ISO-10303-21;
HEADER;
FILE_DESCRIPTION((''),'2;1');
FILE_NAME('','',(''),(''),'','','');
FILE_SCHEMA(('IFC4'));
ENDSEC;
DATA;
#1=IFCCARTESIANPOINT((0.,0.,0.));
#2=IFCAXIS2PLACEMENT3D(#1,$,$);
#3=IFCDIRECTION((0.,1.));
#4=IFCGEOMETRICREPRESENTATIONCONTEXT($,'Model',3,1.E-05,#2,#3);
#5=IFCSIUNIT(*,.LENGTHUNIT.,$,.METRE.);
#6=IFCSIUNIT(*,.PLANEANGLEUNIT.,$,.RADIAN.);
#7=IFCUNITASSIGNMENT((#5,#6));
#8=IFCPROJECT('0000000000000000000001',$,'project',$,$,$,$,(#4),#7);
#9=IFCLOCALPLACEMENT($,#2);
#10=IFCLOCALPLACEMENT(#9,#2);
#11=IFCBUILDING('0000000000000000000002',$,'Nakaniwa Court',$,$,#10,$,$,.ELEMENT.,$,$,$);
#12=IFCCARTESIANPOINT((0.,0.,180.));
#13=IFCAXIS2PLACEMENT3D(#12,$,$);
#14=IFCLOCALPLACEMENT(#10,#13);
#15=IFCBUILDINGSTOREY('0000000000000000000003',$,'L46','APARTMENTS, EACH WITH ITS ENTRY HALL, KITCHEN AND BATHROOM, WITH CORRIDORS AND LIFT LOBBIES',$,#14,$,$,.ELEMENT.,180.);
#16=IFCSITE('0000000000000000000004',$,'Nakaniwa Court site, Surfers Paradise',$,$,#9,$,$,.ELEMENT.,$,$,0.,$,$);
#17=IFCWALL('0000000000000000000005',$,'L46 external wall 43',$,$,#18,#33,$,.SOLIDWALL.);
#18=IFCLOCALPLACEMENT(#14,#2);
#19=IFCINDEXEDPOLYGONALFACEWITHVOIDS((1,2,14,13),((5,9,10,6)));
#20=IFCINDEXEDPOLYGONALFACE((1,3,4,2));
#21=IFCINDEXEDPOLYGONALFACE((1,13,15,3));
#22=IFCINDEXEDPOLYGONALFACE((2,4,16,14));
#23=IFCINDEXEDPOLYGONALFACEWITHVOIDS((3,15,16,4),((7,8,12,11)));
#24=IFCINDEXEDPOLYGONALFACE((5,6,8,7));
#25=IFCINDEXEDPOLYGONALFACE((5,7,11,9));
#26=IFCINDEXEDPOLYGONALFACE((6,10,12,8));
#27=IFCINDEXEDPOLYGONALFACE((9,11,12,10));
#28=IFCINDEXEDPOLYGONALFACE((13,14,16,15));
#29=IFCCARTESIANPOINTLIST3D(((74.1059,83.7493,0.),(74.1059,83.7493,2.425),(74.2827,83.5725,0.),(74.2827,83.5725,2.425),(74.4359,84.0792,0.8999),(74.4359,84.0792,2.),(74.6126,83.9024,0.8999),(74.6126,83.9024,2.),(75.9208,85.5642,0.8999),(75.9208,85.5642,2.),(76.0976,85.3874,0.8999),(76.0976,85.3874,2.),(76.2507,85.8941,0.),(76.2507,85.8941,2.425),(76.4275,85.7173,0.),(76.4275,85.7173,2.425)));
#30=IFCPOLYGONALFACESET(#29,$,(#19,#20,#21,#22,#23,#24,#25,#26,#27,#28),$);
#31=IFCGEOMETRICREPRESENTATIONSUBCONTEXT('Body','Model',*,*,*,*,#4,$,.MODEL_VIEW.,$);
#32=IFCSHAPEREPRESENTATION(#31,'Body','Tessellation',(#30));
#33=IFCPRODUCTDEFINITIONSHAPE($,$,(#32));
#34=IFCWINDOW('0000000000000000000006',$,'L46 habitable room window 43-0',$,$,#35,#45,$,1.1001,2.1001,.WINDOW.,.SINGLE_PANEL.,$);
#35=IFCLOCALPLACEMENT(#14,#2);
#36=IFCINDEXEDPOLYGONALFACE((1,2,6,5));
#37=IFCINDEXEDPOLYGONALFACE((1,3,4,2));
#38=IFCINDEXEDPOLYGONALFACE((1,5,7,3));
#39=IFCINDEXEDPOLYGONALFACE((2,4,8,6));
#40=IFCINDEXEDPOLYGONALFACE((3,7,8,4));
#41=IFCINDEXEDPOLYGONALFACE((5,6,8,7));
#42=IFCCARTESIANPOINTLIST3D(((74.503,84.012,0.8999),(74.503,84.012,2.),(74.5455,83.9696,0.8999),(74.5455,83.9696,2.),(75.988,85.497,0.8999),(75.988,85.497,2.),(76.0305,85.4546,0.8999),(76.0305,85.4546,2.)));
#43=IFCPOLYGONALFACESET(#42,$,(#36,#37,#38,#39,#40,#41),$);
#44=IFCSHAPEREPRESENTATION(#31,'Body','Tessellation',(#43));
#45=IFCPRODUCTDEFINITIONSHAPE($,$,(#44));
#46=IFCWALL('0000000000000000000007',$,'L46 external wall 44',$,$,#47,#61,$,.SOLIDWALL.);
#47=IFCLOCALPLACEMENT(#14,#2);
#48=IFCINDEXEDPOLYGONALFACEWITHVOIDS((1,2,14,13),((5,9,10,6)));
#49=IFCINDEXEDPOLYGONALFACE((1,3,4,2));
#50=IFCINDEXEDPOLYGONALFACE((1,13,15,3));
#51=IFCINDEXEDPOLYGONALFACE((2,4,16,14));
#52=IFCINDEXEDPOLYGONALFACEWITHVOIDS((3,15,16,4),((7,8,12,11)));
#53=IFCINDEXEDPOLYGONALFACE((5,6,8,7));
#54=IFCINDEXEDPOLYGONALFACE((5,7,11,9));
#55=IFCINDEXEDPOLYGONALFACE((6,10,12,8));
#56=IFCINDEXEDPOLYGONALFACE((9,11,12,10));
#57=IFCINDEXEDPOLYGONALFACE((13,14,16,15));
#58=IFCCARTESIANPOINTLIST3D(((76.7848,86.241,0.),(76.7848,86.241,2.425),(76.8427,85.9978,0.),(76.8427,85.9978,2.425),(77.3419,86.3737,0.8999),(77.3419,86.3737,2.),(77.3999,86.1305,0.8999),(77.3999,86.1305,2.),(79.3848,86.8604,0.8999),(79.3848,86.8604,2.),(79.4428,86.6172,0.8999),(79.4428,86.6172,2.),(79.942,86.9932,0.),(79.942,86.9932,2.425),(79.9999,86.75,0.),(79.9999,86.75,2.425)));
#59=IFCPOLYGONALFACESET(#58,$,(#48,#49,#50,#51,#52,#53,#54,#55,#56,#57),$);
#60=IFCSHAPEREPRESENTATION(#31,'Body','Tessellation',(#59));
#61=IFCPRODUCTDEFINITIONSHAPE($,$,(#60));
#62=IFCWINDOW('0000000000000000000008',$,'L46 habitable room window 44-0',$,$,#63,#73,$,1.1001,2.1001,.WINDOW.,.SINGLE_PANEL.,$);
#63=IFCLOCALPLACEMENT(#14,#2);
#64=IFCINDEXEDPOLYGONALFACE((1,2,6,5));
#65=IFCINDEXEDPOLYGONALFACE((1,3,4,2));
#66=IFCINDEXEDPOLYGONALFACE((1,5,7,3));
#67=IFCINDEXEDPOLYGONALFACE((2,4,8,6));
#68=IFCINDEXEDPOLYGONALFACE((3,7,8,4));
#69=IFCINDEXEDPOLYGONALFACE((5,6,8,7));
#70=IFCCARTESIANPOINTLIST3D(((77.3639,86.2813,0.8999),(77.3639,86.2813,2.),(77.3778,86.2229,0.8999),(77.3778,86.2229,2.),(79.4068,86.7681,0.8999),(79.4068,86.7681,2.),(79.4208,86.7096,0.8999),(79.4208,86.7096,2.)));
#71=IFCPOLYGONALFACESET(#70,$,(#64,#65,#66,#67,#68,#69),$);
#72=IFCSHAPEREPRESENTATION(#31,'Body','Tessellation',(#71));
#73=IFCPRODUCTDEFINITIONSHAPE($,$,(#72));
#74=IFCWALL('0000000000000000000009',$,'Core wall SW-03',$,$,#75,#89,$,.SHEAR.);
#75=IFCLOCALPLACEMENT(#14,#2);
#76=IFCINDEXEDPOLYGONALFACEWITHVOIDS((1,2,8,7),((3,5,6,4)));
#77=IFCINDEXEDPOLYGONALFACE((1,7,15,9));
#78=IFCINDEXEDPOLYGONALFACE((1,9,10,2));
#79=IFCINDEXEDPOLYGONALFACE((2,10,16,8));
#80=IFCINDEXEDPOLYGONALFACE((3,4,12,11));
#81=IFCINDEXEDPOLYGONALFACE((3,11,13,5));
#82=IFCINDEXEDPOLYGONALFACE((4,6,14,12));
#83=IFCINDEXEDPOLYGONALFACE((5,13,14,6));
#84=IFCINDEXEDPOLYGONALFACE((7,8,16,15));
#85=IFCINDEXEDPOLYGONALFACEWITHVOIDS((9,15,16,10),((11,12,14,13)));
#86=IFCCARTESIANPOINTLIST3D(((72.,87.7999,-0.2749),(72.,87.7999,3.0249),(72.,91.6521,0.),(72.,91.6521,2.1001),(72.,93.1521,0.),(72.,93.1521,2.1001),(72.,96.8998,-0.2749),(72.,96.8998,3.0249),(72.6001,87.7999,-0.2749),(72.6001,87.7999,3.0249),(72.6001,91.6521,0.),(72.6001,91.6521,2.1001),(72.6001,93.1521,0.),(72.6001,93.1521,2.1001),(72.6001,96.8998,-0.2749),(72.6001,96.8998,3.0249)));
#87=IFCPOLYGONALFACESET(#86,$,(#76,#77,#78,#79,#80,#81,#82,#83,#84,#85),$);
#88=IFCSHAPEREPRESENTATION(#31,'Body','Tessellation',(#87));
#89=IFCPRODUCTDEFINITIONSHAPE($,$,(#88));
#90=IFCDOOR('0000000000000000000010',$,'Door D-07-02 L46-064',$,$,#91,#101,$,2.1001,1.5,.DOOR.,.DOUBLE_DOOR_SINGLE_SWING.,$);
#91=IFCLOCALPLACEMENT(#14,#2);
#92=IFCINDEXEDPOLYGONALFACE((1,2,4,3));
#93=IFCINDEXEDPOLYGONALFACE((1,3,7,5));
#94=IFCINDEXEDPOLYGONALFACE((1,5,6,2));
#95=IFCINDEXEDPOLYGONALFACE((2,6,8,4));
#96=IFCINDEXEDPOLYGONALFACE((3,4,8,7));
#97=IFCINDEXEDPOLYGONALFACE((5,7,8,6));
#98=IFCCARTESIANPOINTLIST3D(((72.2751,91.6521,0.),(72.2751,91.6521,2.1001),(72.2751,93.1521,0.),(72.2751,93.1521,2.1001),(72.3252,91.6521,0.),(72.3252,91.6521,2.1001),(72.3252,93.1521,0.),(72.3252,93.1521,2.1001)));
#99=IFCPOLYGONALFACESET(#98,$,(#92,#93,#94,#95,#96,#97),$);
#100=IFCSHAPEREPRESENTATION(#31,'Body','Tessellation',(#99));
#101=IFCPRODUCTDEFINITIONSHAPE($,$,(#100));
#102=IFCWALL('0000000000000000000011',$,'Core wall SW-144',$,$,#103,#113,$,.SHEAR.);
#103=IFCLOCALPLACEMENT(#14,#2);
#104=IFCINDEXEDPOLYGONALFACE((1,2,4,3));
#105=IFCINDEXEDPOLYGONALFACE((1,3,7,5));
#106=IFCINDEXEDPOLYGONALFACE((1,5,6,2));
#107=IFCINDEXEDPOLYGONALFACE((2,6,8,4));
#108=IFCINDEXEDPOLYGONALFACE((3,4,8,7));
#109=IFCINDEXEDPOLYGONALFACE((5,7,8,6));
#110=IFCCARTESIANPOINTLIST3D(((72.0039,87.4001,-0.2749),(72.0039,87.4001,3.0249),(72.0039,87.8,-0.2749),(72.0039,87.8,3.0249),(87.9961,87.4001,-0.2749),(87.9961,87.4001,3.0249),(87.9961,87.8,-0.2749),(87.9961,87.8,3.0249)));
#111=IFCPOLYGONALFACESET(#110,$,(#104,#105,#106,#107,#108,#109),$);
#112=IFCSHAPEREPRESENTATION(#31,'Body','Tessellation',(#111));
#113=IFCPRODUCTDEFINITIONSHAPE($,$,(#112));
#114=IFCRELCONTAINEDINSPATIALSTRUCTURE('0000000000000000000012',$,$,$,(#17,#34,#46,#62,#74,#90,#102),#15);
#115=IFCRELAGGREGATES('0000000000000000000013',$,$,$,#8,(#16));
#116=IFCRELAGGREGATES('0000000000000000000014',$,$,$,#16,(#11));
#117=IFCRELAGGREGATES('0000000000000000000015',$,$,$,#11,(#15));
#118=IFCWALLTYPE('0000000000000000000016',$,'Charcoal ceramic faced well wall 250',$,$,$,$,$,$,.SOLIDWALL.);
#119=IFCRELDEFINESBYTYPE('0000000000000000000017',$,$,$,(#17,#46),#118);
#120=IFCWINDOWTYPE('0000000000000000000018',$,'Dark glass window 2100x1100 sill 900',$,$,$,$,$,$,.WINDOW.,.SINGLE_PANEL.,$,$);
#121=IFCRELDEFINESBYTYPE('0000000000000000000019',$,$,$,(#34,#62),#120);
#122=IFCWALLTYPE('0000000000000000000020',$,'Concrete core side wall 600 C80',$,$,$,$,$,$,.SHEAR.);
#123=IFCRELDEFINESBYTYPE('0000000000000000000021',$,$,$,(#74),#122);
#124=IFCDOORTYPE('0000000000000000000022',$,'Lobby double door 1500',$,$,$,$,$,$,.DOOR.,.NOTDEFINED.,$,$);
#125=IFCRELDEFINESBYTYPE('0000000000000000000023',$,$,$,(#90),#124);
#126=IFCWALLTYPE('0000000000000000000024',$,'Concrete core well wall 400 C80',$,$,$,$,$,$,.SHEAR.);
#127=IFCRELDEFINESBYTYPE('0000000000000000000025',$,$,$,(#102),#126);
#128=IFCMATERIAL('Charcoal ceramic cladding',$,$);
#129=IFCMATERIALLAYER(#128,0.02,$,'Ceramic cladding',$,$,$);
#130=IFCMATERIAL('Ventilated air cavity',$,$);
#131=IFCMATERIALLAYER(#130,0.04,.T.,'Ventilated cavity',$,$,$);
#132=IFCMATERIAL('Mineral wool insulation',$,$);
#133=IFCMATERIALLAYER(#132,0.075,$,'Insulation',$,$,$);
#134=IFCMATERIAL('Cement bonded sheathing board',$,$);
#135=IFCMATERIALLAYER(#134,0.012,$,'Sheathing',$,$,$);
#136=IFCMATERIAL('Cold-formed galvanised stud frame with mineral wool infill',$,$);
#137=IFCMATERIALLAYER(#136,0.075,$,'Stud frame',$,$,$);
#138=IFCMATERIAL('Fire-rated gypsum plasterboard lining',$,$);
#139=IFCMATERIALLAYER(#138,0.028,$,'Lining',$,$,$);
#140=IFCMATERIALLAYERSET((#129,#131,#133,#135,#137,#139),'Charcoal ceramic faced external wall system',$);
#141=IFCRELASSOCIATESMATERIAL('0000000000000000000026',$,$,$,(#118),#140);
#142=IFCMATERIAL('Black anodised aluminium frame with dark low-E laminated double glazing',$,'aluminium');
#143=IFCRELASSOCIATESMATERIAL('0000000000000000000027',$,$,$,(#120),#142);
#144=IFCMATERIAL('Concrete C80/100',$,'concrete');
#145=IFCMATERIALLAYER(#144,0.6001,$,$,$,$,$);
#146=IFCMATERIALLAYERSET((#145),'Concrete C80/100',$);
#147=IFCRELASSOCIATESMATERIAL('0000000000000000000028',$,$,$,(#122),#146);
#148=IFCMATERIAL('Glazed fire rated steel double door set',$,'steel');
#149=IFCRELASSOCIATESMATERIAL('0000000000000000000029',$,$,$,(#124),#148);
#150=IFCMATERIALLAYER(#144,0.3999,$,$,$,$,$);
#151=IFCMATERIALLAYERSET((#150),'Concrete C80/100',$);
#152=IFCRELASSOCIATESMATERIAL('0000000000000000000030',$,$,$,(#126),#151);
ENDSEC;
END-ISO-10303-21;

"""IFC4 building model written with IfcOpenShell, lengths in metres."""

from ifc_helpers import new_model, si_unit, direction, frame, frame_2d, origin, place, context, subcontext, project, spatial, rectangle, extrude, material, layer, layer_set, type_object, element, fill, save


model = new_model("IFC4")

# Units and contexts
model_context = context("Model", 3, precision=1e-05, world=origin(), true_north=direction((0.0, 1.0)))
body_context = subcontext(model_context, "Body", "Model", "MODEL_VIEW")
ifc_project = project(units=[si_unit("LENGTHUNIT", "METRE"), si_unit("PLANEANGLEUNIT", "RADIAN")], contexts=[model_context])

# Site, building, storey
site_placement = place(None, origin())
site = spatial("IfcSite", under=ifc_project, at=site_placement, Name="Nakaniwa Court site, Surfers Paradise", CompositionType="ELEMENT", RefElevation=0.0)
building_placement = place(site_placement, origin())
building = spatial("IfcBuilding", under=site, at=building_placement, Name="Nakaniwa Court", CompositionType="ELEMENT")
storey_placement = place(building_placement, frame((0.0, 0.0, 180.0)))
storey = spatial("IfcBuildingStorey", under=building, at=storey_placement, Name="L46", Description="APARTMENTS, EACH WITH ITS ENTRY HALL, KITCHEN AND BATHROOM, WITH CORRIDORS AND LIFT LOBBIES", CompositionType="ELEMENT", Elevation=180.0)

# Shared definitions
ifc_material_1 = material(Name="Concrete C80/100", Category="concrete")

# Shared definitions
ifc_material_2 = material(Name="Charcoal ceramic cladding")
ifc_layer_1 = layer(ifc_material_2, 0.02, Name="Ceramic cladding")
ifc_material_3 = material(Name="Ventilated air cavity")
ifc_layer_2 = layer(ifc_material_3, 0.04, ventilated=True, Name="Ventilated cavity")
ifc_material_4 = material(Name="Mineral wool insulation")
ifc_layer_3 = layer(ifc_material_4, 0.075, Name="Insulation")
ifc_material_5 = material(Name="Cement bonded sheathing board")
ifc_layer_4 = layer(ifc_material_5, 0.012, Name="Sheathing")
ifc_material_6 = material(Name="Cold-formed galvanised stud frame with mineral wool infill")
ifc_layer_5 = layer(ifc_material_6, 0.075, Name="Stud frame")
ifc_material_7 = material(Name="Fire-rated gypsum plasterboard lining")
ifc_layer_6 = layer(ifc_material_7, 0.028, Name="Lining")
ifc_layer_set_1 = layer_set([ifc_layer_1, ifc_layer_2, ifc_layer_3, ifc_layer_4, ifc_layer_5, ifc_layer_6], Name="Charcoal ceramic faced external wall system")
wall_type_1 = type_object("IfcWallType", Name="Charcoal ceramic faced well wall 250", PredefinedType="SOLIDWALL", material=ifc_layer_set_1)
ifc_material_8 = material(Name="Black anodised aluminium frame with dark low-E laminated double glazing", Category="aluminium")

# Walls, openings, windows
wall_1_placement = place(storey_placement, frame((74.1943, 83.6609, 0.0), z_axis=(0.0, 0.0, 1.0), x_axis=(0.707107, 0.707107, 0.0)))
wall_1 = element("IfcWall", 1, at=wall_1_placement, inside=storey, type_object=wall_type_1, Name="L46 external wall 43", PredefinedType="SOLIDWALL", context=body_context, shape_type="SweptSolid", body=[
    extrude(rectangle(XDim=3.0332, YDim=0.25, at=frame_2d((1.5166, 0.0))), origin(), (0.0, 0.0, 1.0), 2.425),
])
opening_1_placement = place(wall_1_placement, frame((0.4666, 0.0, 0.8999)))
opening_1 = element("IfcOpeningElement", 2, at=opening_1_placement, cuts=wall_1, PredefinedType="OPENING", context=body_context, shape_type="SweptSolid", body=[
    extrude(rectangle(XDim=2.1001, YDim=1.1001, at=frame_2d((1.05, 0.55))), frame((0.0, 0.135, 0.0), z_axis=(0.0, -1.0, 0.0), x_axis=(1.0, 0.0, 0.0)), (0.0, 0.0, 1.0), 0.27),
])
window_type_1 = type_object("IfcWindowType", Name="Dark glass window 2100x1100 sill 900", PartitioningType="SINGLE_PANEL", PredefinedType="WINDOW", material=ifc_material_8)
window_1_placement = place(opening_1_placement, origin())
window_1 = element("IfcWindow", 3, at=window_1_placement, inside=storey, type_object=window_type_1, Name="L46 habitable room window 43-0", OverallHeight=1.1001, OverallWidth=2.1001, PartitioningType="SINGLE_PANEL", PredefinedType="WINDOW", context=body_context, shape_type="SweptSolid", body=[
    extrude(rectangle(XDim=2.1001, YDim=1.1001, at=frame_2d((1.05, 0.55))), frame((0.0, 0.03, 0.0), z_axis=(0.0, -1.0, 0.0), x_axis=(1.0, 0.0, 0.0)), (0.0, 0.0, 1.0), 0.0601),
])
fill(opening_1, window_1)
wall_2_placement = place(storey_placement, frame((76.8137, 86.1194, 0.0), z_axis=(0.0, 0.0, 1.0), x_axis=(0.972773, 0.23176, 0.0)))
wall_2 = element("IfcWall", 4, at=wall_2_placement, inside=storey, type_object=wall_type_1, Name="L46 external wall 44", PredefinedType="SOLIDWALL", context=body_context, shape_type="SweptSolid", body=[
    extrude(rectangle(XDim=3.2456, YDim=0.25, at=frame_2d((1.6228, 0.0))), origin(), (0.0, 0.0, 1.0), 2.425),
])
opening_2_placement = place(wall_2_placement, frame((0.5728, 0.0, 0.8999)))
opening_2 = element("IfcOpeningElement", 5, at=opening_2_placement, cuts=wall_2, PredefinedType="OPENING", context=body_context, shape_type="SweptSolid", body=[
    extrude(rectangle(XDim=2.1001, YDim=1.1001, at=frame_2d((1.05, 0.55))), frame((0.0, 0.135, 0.0), z_axis=(0.0, -1.0, 0.0), x_axis=(1.0, 0.0, 0.0)), (0.0, 0.0, 1.0), 0.27),
])
window_2_placement = place(opening_2_placement, origin())
window_2 = element("IfcWindow", 6, at=window_2_placement, inside=storey, type_object=window_type_1, Name="L46 habitable room window 44-0", OverallHeight=1.1001, OverallWidth=2.1001, PartitioningType="SINGLE_PANEL", PredefinedType="WINDOW", context=body_context, shape_type="SweptSolid", body=[
    extrude(rectangle(XDim=2.1001, YDim=1.1001, at=frame_2d((1.05, 0.55))), frame((0.0, 0.03, 0.0), z_axis=(0.0, -1.0, 0.0), x_axis=(1.0, 0.0, 0.0)), (0.0, 0.0, 1.0), 0.0601),
])
fill(opening_2, window_2)

# Wall, opening, door
ifc_layer_7 = layer(ifc_material_1, 0.6001)
ifc_layer_set_2 = layer_set([ifc_layer_7], Name="Concrete C80/100")
wall_type_2 = type_object("IfcWallType", Name="Concrete core side wall 600 C80", PredefinedType="SHEAR", material=ifc_layer_set_2)
wall_3_placement = place(storey_placement, frame((72.3, 87.8, -0.2749), z_axis=(0.0, 0.0, 1.0), x_axis=(0.0, 1.0, 0.0)))
wall_3 = element("IfcWall", 7, at=wall_3_placement, inside=storey, type_object=wall_type_2, Name="Core wall SW-03", PredefinedType="SHEAR", context=body_context, shape_type="SweptSolid", body=[
    extrude(rectangle(XDim=9.0999, YDim=0.6001, at=frame_2d((4.5498, 0.0))), origin(), (0.0, 0.0, 1.0), 3.2998),
])
opening_3_placement = place(wall_3_placement, frame((3.8521, 0.0, 0.2749)))
opening_3 = element("IfcOpeningElement", 8, at=opening_3_placement, cuts=wall_3, PredefinedType="OPENING", context=body_context, shape_type="SweptSolid", body=[
    extrude(rectangle(XDim=1.5, YDim=2.1001, at=frame_2d((0.75, 1.05))), frame((0.0, 0.3101, 0.0), z_axis=(0.0, -1.0, 0.0), x_axis=(1.0, 0.0, 0.0)), (0.0, 0.0, 1.0), 0.6201),
])
ifc_material_9 = material(Name="Glazed fire rated steel double door set", Category="steel")
door_type = type_object("IfcDoorType", Name="Lobby double door 1500", OperationType="NOTDEFINED", PredefinedType="DOOR", material=ifc_material_9)
door_placement = place(opening_3_placement, origin())
door = element("IfcDoor", 9, at=door_placement, inside=storey, type_object=door_type, Name="Door D-07-02 L46-064", OperationType="DOUBLE_DOOR_SINGLE_SWING", OverallHeight=2.1001, OverallWidth=1.5, PredefinedType="DOOR", context=body_context, shape_type="SweptSolid", body=[
    extrude(rectangle(XDim=1.5, YDim=2.1001, at=frame_2d((0.75, 1.05))), frame((0.0, 0.0249, 0.0), z_axis=(0.0, -1.0, 0.0), x_axis=(1.0, 0.0, 0.0)), (0.0, 0.0, 1.0), 0.05),
])
fill(opening_3, door)

# Wall
ifc_layer_8 = layer(ifc_material_1, 0.3999)
ifc_layer_set_3 = layer_set([ifc_layer_8], Name="Concrete C80/100")
wall_type_3 = type_object("IfcWallType", Name="Concrete core well wall 400 C80", PredefinedType="SHEAR", material=ifc_layer_set_3)
wall_4_placement = place(storey_placement, frame((72.0039, 87.6001, -0.2749), z_axis=(0.0, 0.0, 1.0), x_axis=(1.0, 0.0, 0.0)))
element("IfcWall", 10, at=wall_4_placement, inside=storey, type_object=wall_type_3, Name="Core wall SW-144", PredefinedType="SHEAR", context=body_context, shape_type="SweptSolid", body=[
    extrude(rectangle(XDim=15.9922, YDim=0.3999, at=frame_2d((7.9961, 0.0))), origin(), (0.0, 0.0, 1.0), 3.2998),
])

save(model, "model.ifc")
